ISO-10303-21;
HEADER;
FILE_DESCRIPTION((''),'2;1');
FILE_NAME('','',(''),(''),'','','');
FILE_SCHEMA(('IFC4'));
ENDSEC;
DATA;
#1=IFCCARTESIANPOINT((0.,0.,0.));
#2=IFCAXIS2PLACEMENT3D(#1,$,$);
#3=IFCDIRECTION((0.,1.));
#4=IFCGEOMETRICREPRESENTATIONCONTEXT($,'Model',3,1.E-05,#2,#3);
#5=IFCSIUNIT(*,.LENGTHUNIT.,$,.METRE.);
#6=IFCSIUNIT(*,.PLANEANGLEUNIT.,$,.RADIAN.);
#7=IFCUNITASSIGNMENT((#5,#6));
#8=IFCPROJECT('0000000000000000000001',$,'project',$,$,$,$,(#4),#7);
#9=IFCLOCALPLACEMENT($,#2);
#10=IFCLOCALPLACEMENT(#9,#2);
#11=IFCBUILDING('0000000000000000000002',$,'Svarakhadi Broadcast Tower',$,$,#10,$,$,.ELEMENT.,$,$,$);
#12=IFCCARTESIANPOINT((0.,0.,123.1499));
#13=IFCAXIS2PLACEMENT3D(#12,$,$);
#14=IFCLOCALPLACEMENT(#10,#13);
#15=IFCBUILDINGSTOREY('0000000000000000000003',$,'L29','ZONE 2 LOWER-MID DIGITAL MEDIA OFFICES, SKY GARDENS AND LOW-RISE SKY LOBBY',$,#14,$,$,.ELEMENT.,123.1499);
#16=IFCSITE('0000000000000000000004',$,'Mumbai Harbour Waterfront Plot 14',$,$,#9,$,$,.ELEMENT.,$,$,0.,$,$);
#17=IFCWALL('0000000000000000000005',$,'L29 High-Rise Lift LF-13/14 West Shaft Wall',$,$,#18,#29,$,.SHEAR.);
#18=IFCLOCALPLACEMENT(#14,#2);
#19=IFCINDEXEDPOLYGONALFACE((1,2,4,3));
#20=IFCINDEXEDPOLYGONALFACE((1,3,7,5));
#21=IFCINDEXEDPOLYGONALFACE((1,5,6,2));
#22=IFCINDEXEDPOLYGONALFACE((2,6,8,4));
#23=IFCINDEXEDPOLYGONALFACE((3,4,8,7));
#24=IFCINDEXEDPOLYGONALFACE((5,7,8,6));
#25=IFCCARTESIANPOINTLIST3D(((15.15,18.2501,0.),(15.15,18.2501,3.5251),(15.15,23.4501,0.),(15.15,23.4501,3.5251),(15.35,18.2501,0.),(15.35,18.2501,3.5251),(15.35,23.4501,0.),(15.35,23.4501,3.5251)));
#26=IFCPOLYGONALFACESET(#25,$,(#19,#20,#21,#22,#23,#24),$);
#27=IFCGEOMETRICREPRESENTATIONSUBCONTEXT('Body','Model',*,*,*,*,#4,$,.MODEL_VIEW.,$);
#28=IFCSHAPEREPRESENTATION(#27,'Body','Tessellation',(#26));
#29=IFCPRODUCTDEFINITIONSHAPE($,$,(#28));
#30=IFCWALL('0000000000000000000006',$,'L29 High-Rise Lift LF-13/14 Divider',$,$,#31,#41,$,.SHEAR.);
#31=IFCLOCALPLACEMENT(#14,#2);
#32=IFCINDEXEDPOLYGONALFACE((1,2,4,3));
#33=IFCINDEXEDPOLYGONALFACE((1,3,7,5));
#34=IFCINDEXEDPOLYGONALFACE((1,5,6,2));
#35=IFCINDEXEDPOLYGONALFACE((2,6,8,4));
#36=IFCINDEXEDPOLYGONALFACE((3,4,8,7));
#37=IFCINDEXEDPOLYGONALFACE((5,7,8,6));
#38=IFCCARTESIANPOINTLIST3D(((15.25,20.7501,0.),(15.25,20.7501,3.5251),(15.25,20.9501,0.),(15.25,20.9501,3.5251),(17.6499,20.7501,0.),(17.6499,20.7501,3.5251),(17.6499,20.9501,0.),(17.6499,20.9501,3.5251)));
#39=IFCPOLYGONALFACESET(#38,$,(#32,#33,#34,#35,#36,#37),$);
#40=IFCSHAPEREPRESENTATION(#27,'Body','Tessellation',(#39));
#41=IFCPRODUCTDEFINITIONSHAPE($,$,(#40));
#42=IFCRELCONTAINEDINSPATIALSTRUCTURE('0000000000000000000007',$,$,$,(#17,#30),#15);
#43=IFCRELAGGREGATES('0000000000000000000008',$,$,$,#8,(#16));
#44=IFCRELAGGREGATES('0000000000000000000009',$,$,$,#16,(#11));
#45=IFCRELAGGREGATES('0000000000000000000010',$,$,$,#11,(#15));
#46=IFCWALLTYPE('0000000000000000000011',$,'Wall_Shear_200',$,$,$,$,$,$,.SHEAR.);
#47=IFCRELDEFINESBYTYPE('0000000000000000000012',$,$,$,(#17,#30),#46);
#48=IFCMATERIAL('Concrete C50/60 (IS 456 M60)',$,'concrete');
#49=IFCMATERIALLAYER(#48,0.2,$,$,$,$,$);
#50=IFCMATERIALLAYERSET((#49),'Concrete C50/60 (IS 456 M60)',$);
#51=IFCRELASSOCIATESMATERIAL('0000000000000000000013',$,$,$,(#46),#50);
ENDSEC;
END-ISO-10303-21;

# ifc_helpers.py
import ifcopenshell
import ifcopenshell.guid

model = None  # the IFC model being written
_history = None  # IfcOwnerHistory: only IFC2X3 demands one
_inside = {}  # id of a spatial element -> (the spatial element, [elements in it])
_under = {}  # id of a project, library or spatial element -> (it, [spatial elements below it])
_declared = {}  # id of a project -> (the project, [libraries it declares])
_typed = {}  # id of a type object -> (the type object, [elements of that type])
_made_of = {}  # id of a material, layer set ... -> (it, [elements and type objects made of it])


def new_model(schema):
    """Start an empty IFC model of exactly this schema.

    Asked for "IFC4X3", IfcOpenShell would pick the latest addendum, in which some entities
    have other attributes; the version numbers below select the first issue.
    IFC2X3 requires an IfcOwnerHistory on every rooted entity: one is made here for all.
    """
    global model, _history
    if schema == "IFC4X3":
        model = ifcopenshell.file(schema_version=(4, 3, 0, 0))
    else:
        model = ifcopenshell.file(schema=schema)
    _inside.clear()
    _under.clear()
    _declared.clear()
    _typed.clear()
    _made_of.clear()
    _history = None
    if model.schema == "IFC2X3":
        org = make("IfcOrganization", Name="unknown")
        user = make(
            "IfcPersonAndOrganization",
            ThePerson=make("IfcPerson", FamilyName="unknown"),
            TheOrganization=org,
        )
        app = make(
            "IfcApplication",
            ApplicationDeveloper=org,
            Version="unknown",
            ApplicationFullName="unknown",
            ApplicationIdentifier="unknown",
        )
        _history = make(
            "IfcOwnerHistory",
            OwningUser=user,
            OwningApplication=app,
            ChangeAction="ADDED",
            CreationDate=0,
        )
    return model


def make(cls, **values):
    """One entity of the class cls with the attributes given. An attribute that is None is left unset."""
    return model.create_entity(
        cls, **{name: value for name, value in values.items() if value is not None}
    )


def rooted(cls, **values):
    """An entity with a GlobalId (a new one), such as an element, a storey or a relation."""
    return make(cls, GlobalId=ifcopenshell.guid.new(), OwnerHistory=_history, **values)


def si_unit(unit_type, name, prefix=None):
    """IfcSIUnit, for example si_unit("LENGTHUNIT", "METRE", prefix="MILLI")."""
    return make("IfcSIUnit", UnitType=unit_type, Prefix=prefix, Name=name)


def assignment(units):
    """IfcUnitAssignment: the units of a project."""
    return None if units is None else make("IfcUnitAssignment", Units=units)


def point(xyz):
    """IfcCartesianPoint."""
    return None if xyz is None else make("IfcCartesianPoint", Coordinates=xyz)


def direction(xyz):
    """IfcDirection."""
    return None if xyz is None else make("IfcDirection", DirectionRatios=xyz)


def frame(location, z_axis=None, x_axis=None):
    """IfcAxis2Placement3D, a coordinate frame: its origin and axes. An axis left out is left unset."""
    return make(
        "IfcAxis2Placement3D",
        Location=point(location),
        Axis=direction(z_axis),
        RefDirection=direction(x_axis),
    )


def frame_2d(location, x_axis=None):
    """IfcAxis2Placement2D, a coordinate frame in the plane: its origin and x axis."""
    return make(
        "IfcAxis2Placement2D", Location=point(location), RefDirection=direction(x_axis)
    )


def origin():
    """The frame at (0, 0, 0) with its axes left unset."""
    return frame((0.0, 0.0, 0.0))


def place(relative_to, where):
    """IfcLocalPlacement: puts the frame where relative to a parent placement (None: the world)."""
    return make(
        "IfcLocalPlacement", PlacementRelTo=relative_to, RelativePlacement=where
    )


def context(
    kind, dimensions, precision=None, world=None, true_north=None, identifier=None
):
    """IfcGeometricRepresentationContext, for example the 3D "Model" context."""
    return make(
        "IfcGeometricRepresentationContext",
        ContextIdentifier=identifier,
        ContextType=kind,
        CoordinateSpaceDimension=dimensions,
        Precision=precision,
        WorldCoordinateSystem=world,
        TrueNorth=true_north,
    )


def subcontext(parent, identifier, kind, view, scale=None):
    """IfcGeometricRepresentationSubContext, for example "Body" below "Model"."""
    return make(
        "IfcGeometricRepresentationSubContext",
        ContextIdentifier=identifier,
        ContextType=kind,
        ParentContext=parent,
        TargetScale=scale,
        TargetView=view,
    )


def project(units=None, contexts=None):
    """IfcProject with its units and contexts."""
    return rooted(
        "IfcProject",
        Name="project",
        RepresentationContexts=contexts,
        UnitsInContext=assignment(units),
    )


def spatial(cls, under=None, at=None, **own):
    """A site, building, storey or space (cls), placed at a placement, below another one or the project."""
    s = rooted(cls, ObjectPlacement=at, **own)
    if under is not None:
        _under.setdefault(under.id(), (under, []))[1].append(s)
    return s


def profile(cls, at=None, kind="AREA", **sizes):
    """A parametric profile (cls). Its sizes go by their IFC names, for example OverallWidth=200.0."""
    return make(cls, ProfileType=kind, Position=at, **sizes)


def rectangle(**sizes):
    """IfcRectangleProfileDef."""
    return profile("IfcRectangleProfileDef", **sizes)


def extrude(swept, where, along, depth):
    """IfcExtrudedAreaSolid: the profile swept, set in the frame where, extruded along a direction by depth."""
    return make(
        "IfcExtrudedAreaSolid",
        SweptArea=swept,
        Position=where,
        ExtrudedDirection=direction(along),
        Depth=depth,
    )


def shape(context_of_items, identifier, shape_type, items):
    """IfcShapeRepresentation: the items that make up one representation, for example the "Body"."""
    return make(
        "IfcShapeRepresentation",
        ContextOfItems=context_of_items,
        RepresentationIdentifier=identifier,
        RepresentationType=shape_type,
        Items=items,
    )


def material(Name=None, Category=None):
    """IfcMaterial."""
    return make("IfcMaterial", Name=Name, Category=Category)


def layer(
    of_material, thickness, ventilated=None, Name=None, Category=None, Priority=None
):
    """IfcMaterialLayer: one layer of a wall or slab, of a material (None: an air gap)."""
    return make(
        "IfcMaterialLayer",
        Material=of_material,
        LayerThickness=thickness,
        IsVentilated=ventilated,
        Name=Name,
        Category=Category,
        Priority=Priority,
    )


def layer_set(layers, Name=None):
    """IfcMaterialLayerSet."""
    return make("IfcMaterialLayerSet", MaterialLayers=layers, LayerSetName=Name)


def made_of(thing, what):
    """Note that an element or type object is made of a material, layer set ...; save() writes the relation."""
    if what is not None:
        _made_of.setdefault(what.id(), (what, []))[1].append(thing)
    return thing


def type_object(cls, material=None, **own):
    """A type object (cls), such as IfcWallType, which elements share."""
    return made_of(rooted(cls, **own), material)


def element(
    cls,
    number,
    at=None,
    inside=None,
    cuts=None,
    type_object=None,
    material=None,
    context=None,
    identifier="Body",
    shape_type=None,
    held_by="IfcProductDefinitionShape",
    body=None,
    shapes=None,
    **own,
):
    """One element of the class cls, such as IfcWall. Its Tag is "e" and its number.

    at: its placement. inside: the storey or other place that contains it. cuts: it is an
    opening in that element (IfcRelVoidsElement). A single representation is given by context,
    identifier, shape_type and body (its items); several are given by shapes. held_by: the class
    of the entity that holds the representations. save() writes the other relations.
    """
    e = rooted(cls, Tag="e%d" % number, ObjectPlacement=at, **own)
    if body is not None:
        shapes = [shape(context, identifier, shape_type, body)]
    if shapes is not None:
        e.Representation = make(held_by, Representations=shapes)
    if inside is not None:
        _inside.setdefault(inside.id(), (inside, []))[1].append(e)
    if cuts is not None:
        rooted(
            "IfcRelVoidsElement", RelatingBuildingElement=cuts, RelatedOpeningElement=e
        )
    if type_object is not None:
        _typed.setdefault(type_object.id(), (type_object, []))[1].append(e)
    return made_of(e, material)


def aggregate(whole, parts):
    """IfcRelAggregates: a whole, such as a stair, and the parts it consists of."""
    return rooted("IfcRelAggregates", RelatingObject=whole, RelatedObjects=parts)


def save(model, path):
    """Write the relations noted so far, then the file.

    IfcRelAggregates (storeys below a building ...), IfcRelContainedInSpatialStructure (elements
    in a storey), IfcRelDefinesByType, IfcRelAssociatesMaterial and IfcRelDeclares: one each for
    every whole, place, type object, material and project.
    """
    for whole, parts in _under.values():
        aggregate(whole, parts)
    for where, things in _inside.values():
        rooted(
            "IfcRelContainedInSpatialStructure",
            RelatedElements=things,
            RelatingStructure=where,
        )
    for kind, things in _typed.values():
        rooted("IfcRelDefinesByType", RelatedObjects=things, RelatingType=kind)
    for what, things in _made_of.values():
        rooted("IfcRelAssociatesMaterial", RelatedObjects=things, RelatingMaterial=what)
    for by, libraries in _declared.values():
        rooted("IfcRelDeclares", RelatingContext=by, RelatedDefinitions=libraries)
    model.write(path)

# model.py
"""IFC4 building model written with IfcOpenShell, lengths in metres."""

from ifc_helpers import new_model, si_unit, direction, frame, frame_2d, origin, place, context, subcontext, project, spatial, rectangle, extrude, material, layer, layer_set, type_object, element, save


model = new_model("IFC4")

# Units and contexts
model_context = context("Model", 3, precision=1e-05, world=origin(), true_north=direction((0.0, 1.0)))
body_context = subcontext(model_context, "Body", "Model", "MODEL_VIEW")
ifc_project = project(units=[si_unit("LENGTHUNIT", "METRE"), si_unit("PLANEANGLEUNIT", "RADIAN")], contexts=[model_context])

# Site, building, storey
site_placement = place(None, origin())
site = spatial("IfcSite", under=ifc_project, at=site_placement, Name="Mumbai Harbour Waterfront Plot 14", CompositionType="ELEMENT", RefElevation=0.0)
building_placement = place(site_placement, origin())
building = spatial("IfcBuilding", under=site, at=building_placement, Name="Svarakhadi Broadcast Tower", CompositionType="ELEMENT")
storey_placement = place(building_placement, frame((0.0, 0.0, 123.1499)))
storey = spatial("IfcBuildingStorey", under=building, at=storey_placement, Name="L29", Description="ZONE 2 LOWER-MID DIGITAL MEDIA OFFICES, SKY GARDENS AND LOW-RISE SKY LOBBY", CompositionType="ELEMENT", Elevation=123.1499)

# Shared definitions
ifc_material_1 = material(Name="Concrete C50/60 (IS 456 M60)", Category="concrete")

# Shared definitions
ifc_layer_1 = layer(ifc_material_1, 0.2)
ifc_layer_set_1 = layer_set([ifc_layer_1], Name="Concrete C50/60 (IS 456 M60)")
wall_type_1 = type_object("IfcWallType", Name="Wall_Shear_200", PredefinedType="SHEAR", material=ifc_layer_set_1)

# Walls
wall_1_placement = place(storey_placement, frame((15.25, 18.25, 0.0), z_axis=(0.0, 0.0, 1.0), x_axis=(0.0, 1.0, 0.0)))
element("IfcWall", 1, at=wall_1_placement, inside=storey, type_object=wall_type_1, Name="L29 High-Rise Lift LF-13/14 West Shaft Wall", PredefinedType="SHEAR", context=body_context, shape_type="SweptSolid", body=[
    extrude(rectangle(XDim=5.2, YDim=0.2, at=frame_2d((2.6001, 0.0))), origin(), (0.0, 0.0, 1.0), 3.5251),
])
wall_2_placement = place(storey_placement, frame((15.25, 20.8501, 0.0), z_axis=(0.0, 0.0, 1.0), x_axis=(1.0, 0.0, 0.0)))
element("IfcWall", 2, at=wall_2_placement, inside=storey, type_object=wall_type_1, Name="L29 High-Rise Lift LF-13/14 Divider", PredefinedType="SHEAR", context=body_context, shape_type="SweptSolid", body=[
    extrude(rectangle(XDim=2.3999, YDim=0.2, at=frame_2d((1.2, 0.0))), origin(), (0.0, 0.0, 1.0), 3.5251),
])

save(model, "model.ifc")
